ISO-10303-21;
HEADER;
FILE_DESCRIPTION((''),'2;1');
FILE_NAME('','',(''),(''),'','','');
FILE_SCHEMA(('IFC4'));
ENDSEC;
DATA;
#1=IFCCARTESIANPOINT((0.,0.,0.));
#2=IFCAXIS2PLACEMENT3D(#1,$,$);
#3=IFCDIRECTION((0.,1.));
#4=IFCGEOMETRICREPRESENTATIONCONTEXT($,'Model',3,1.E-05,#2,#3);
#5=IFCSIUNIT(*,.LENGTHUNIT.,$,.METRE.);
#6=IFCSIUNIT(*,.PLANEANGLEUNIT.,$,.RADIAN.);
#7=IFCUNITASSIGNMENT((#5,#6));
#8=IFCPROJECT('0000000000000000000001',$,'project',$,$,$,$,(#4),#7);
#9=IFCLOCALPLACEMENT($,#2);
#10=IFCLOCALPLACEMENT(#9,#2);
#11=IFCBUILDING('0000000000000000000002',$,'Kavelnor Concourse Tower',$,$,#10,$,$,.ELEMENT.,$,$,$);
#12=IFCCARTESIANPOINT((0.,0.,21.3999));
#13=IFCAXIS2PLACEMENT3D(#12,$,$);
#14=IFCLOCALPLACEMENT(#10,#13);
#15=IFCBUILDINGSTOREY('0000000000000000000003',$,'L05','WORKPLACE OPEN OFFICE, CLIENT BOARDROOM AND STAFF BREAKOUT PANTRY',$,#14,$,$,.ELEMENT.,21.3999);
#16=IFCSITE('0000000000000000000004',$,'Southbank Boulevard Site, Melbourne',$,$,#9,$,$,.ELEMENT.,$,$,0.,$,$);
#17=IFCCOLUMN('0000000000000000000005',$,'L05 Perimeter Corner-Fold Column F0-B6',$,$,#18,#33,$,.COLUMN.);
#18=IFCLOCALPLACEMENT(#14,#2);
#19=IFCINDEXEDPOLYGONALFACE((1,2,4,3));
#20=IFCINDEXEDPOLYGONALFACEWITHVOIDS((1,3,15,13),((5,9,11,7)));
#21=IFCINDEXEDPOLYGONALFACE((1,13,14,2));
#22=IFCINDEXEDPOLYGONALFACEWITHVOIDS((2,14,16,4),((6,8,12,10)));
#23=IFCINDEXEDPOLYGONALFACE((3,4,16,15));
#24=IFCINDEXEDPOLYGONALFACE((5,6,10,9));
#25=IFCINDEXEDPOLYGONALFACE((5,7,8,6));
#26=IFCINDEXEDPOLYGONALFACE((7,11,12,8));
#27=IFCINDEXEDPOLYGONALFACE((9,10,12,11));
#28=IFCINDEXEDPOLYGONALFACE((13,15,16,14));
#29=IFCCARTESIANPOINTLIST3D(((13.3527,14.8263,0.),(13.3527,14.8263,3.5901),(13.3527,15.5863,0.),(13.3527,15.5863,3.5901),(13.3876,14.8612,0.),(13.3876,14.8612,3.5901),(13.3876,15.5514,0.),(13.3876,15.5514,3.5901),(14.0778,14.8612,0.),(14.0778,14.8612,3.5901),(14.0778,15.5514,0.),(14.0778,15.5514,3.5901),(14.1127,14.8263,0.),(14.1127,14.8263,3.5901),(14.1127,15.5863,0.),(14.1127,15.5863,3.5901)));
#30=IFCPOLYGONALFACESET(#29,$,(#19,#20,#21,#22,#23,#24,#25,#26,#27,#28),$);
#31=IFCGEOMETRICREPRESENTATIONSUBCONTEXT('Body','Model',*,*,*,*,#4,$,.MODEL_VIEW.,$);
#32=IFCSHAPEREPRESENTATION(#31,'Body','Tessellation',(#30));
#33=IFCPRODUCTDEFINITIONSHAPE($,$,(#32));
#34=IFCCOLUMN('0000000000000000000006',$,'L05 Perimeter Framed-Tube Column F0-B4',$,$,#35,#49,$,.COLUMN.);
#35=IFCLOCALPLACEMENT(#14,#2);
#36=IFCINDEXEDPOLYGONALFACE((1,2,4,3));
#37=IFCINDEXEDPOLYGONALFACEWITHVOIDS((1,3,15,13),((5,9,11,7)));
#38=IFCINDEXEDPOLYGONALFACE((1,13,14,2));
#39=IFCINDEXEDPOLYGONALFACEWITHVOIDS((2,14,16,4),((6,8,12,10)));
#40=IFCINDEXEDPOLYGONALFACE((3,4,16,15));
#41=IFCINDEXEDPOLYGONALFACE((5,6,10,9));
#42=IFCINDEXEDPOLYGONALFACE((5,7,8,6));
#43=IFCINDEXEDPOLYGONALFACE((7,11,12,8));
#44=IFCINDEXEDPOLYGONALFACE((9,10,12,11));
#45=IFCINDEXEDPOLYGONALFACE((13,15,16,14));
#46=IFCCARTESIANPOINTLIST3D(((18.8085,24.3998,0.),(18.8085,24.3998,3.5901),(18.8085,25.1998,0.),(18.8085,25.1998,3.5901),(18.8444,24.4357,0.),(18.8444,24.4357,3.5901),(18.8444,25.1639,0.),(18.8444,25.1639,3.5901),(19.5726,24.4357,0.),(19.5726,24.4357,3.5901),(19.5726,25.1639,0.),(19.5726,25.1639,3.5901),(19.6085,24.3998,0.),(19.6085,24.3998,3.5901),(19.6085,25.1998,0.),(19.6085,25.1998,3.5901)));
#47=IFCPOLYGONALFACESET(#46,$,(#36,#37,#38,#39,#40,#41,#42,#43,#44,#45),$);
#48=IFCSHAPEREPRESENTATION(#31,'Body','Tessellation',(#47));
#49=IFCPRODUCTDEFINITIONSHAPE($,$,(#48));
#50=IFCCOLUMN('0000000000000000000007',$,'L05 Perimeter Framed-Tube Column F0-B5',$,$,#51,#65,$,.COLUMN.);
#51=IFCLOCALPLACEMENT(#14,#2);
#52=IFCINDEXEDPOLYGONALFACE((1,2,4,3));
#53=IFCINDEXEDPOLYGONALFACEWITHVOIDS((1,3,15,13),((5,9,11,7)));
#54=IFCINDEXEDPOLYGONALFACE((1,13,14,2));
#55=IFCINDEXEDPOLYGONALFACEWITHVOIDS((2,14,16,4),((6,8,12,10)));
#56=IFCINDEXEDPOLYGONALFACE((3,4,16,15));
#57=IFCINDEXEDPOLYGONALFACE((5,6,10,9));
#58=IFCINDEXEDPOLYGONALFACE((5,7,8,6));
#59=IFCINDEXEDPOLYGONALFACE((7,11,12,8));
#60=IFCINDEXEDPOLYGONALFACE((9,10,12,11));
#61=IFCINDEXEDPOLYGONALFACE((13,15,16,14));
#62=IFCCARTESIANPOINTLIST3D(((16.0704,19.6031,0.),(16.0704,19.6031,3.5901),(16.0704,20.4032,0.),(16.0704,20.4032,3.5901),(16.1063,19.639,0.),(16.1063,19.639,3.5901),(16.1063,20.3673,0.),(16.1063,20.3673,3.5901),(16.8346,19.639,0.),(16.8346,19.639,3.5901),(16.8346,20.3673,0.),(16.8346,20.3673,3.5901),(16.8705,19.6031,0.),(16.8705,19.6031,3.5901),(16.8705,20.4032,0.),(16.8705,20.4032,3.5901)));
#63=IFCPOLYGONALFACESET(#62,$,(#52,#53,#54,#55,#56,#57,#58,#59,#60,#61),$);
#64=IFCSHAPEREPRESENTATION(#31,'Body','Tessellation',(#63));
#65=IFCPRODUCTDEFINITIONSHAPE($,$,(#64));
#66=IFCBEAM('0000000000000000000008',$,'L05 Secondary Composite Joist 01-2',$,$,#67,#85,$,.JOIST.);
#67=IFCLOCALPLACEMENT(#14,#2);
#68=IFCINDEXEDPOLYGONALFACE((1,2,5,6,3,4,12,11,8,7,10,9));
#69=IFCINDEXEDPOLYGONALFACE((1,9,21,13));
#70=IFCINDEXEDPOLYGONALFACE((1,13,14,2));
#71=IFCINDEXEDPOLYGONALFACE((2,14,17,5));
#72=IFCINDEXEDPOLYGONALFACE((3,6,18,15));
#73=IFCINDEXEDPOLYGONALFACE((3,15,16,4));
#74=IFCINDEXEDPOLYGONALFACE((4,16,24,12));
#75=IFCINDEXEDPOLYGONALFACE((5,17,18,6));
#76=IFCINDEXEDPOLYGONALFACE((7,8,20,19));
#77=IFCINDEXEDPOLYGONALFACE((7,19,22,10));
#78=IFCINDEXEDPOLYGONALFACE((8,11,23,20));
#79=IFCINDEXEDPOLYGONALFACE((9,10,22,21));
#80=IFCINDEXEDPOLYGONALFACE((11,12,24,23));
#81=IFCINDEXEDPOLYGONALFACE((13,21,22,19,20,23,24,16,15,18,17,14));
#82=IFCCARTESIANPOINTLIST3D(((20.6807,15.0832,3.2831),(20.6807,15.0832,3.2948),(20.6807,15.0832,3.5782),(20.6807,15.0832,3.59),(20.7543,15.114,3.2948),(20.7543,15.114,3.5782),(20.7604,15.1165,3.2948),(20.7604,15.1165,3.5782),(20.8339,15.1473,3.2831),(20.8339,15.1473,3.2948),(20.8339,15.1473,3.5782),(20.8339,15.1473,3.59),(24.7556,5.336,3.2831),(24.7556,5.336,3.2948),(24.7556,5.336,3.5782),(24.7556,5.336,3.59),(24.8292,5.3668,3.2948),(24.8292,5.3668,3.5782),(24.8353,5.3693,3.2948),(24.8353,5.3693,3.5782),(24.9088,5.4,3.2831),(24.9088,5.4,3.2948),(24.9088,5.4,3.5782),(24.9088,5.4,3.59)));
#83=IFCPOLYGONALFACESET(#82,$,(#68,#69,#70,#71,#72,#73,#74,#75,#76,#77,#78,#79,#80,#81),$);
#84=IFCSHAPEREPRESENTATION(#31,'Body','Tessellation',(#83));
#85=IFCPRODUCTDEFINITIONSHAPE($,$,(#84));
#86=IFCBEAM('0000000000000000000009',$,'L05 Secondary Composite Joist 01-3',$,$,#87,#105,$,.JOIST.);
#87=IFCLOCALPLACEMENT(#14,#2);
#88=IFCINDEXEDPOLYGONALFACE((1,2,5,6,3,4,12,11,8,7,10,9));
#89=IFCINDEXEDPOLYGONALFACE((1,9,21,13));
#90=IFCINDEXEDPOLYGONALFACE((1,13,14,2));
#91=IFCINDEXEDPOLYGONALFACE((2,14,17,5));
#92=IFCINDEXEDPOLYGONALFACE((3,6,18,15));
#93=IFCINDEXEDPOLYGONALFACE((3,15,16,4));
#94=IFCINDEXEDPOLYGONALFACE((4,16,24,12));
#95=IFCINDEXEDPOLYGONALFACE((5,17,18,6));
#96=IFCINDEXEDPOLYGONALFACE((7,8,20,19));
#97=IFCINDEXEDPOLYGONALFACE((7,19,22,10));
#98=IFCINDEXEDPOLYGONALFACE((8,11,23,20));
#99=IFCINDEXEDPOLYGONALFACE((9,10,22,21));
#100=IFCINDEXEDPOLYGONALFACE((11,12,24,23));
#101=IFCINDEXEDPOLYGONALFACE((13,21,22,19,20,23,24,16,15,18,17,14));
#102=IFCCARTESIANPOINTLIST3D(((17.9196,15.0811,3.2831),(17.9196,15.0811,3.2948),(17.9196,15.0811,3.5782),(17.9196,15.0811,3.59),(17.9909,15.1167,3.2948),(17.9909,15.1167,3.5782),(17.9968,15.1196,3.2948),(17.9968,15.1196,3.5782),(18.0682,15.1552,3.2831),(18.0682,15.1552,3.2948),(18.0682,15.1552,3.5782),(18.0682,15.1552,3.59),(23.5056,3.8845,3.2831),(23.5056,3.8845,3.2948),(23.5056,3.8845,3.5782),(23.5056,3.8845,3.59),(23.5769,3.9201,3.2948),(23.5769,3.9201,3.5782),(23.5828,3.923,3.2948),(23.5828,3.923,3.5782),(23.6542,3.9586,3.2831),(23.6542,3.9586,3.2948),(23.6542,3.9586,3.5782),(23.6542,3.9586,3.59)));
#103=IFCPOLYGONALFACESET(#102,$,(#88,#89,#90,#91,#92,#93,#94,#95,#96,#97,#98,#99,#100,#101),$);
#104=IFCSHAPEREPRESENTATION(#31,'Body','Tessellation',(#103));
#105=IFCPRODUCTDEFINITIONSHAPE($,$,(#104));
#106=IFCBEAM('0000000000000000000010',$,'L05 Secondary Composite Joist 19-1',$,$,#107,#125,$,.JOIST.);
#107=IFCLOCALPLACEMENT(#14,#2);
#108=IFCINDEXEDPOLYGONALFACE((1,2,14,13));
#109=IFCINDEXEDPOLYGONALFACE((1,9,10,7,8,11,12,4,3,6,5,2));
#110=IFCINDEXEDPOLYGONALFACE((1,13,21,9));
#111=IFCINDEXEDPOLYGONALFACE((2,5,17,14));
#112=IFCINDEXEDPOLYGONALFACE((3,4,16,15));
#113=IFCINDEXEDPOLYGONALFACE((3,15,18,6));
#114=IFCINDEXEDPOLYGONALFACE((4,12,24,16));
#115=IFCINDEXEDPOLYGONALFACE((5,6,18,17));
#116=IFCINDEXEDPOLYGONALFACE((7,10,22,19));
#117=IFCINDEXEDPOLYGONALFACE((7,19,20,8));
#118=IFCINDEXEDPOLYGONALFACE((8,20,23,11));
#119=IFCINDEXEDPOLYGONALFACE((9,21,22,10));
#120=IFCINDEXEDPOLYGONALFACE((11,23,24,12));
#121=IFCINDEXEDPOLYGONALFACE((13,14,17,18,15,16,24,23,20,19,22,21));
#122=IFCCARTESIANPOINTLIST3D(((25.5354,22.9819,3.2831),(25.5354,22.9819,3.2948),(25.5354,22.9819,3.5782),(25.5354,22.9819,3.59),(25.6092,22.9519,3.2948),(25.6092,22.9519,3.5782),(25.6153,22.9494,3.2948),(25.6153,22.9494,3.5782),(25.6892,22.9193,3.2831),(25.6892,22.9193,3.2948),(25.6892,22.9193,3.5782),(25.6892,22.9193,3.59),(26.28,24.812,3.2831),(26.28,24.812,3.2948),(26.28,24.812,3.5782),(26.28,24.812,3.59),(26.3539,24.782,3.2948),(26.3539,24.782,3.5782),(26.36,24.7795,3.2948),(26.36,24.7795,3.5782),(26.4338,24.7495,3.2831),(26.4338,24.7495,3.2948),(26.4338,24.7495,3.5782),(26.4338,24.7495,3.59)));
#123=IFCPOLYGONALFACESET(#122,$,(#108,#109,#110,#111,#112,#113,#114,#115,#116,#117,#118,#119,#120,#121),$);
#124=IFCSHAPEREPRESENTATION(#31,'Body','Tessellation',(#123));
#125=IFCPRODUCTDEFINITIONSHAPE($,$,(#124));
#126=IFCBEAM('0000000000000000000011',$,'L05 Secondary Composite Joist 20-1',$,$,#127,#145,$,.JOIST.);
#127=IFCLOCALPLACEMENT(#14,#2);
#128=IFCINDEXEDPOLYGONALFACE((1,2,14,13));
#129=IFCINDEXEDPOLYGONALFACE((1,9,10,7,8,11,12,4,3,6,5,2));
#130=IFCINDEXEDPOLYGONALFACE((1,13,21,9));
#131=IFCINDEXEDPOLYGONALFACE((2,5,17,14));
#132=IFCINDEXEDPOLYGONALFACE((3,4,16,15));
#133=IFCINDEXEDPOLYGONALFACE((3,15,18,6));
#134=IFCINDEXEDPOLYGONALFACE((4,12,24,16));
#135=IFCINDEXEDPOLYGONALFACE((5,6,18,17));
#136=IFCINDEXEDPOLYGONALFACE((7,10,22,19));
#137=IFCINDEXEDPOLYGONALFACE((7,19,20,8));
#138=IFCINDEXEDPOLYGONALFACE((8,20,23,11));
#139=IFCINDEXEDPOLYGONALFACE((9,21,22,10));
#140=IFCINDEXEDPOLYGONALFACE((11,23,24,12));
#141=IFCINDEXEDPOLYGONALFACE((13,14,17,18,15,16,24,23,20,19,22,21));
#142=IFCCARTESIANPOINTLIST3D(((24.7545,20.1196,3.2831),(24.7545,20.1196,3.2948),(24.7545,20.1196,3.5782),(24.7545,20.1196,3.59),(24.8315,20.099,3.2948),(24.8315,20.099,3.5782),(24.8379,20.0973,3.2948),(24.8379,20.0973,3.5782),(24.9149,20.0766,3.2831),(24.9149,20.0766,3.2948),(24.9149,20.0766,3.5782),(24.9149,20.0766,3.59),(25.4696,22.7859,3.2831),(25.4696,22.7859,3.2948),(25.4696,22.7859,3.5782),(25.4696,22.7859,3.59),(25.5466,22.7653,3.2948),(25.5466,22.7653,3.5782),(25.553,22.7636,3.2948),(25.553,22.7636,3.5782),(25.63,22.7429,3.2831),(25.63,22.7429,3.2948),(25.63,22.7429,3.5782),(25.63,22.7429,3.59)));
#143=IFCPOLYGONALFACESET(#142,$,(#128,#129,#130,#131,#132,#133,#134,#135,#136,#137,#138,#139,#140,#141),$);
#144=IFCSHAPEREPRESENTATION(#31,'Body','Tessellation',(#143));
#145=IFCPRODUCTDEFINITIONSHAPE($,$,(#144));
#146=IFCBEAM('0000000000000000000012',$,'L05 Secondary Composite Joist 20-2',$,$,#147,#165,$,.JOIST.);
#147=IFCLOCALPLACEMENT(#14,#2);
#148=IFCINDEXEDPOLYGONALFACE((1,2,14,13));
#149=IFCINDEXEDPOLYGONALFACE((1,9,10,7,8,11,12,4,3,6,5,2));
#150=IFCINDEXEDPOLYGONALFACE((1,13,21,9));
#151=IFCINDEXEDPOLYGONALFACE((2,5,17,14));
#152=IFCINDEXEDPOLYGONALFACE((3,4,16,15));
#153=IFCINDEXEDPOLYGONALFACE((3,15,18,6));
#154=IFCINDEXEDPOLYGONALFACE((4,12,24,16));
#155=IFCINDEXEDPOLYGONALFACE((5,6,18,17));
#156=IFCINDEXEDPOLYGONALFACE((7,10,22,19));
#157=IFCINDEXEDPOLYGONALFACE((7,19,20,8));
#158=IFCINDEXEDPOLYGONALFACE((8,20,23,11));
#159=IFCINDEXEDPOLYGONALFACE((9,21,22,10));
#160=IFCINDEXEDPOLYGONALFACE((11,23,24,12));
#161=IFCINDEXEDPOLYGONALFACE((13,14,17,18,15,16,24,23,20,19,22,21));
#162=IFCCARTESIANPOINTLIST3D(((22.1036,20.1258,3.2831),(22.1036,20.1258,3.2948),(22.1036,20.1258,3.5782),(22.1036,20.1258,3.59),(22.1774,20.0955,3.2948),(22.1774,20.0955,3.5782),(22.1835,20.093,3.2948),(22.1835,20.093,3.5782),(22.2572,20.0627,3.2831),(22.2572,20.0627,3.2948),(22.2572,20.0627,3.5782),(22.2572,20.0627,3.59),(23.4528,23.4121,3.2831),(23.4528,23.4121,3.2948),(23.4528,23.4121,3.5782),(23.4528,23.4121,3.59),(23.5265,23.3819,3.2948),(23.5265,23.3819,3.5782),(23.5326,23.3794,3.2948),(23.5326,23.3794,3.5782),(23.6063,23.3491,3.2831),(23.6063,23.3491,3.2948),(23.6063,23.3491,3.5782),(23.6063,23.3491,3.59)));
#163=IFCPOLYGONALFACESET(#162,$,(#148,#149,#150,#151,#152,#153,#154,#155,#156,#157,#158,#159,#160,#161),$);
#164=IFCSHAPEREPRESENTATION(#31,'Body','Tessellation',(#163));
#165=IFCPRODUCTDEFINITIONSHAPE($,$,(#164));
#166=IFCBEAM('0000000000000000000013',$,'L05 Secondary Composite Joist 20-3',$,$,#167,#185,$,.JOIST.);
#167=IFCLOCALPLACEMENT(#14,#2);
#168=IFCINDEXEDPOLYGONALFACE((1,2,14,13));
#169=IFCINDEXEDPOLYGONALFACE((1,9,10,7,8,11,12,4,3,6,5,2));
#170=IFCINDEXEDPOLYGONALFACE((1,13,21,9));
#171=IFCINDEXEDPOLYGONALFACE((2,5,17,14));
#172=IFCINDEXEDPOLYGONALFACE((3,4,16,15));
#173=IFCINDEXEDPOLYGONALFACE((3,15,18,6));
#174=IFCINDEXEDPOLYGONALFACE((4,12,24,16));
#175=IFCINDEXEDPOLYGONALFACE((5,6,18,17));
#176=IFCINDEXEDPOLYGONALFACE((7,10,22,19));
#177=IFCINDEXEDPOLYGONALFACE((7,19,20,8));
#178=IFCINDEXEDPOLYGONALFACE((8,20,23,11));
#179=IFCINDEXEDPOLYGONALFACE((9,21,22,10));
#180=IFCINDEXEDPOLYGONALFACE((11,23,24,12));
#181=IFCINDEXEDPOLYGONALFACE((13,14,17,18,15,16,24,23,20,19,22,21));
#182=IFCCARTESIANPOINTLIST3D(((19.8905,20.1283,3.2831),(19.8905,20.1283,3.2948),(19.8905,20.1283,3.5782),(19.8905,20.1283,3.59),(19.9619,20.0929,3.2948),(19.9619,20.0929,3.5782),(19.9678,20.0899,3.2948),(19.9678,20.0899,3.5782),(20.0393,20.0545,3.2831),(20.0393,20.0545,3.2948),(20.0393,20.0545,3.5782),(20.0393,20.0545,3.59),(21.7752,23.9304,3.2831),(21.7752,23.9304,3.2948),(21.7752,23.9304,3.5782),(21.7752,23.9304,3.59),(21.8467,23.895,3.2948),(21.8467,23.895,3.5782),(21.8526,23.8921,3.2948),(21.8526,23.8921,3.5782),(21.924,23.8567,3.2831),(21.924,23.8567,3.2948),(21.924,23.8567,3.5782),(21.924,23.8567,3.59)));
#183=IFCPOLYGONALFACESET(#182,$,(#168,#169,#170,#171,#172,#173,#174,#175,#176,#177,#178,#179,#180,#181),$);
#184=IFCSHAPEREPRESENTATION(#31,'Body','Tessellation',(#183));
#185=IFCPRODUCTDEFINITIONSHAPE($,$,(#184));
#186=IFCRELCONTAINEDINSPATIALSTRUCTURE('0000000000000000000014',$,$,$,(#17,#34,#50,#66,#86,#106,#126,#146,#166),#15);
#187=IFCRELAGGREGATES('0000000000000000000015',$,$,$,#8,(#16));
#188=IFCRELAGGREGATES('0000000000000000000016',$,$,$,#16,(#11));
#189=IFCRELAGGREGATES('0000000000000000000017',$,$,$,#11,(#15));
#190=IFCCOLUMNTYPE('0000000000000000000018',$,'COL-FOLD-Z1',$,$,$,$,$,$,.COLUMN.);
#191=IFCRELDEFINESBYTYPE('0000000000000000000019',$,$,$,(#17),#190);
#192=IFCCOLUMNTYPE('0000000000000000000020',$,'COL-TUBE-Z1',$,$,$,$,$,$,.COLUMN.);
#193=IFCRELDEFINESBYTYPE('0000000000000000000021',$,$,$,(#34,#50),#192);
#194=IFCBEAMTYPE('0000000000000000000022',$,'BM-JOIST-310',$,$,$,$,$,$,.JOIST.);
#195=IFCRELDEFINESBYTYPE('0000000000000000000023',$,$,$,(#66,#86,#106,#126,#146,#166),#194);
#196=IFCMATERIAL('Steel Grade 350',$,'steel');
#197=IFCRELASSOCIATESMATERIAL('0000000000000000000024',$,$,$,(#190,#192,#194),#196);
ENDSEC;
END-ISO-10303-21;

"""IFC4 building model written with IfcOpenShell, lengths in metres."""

from ifc_helpers import new_model, si_unit, direction, frame, origin, origin_2d, place, context, subcontext, project, spatial, hollow_rectangle, i_section, extrude, material, material_profile, profile_set, type_object, element, save


model = new_model("IFC4")

# Units and contexts
model_context = context("Model", 3, precision=1e-05, world=origin(), true_north=direction((0.0, 1.0)))
body_context = subcontext(model_context, "Body", "Model", "MODEL_VIEW")
ifc_project = project(units=[si_unit("LENGTHUNIT", "METRE"), si_unit("PLANEANGLEUNIT", "RADIAN")], contexts=[model_context])

# Site, building, storey
site_placement = place(None, origin())
site = spatial("IfcSite", under=ifc_project, at=site_placement, Name="Southbank Boulevard Site, Melbourne", CompositionType="ELEMENT", RefElevation=0.0)
building_placement = place(site_placement, origin())
building = spatial("IfcBuilding", under=site, at=building_placement, Name="Kavelnor Concourse Tower", CompositionType="ELEMENT")
storey_placement = place(building_placement, frame((0.0, 0.0, 21.3999)))
storey = spatial("IfcBuildingStorey", under=building, at=storey_placement, Name="L05", Description="WORKPLACE OPEN OFFICE, CLIENT BOARDROOM AND STAFF BREAKOUT PANTRY", CompositionType="ELEMENT", Elevation=21.3999)

# Columns
ifc_material_1 = material(Name="Steel Grade 350", Category="steel")
ifc_material_profile_1 = material_profile(ifc_material_1, hollow_rectangle(XDim=0.76, YDim=0.76, WallThickness=0.0349, at=origin_2d()), Name="SHS 760x760x35")
ifc_profile_set_1 = profile_set([ifc_material_profile_1], Name="Steel Grade 350")
column_type_1 = type_object("IfcColumnType", Name="COL-FOLD-Z1", PredefinedType="COLUMN", material=ifc_profile_set_1)
column_placement = place(storey_placement, frame((13.7327, 15.2063, 0.0), z_axis=(0.0, 0.0, 1.0), x_axis=(1.0, 0.0, 0.0)))
element("IfcColumn", 1, at=column_placement, inside=storey, type_object=column_type_1, Name="L05 Perimeter Corner-Fold Column F0-B6", PredefinedType="COLUMN", context=body_context, shape_type="SweptSolid", body=[
    extrude(hollow_rectangle(XDim=0.76, YDim=0.76, WallThickness=0.0349, at=origin_2d()), origin(), (0.0, 0.0, 1.0), 3.5901),
])
ifc_material_profile_2 = material_profile(ifc_material_1, hollow_rectangle(XDim=0.8, YDim=0.8, WallThickness=0.0359, at=origin_2d()), Name="SHS 800x800x36")
ifc_profile_set_2 = profile_set([ifc_material_profile_2], Name="Steel Grade 350")
column_type_2 = type_object("IfcColumnType", Name="COL-TUBE-Z1", PredefinedType="COLUMN", material=ifc_profile_set_2)
for number, where, z_axis, x_axis, name in (
    (2, (19.2085, 24.7998, 0.0), (0.0, 0.0, 1.0), (1.0, 0.0, 0.0), "L05 Perimeter Framed-Tube Column F0-B4"),
    (3, (16.4705, 20.0032, 0.0), (0.0, 0.0, 1.0), (1.0, 0.0, 0.0), "L05 Perimeter Framed-Tube Column F0-B5"),
):
    element("IfcColumn", number, at=place(storey_placement, frame(where, z_axis=z_axis, x_axis=x_axis)), inside=storey, type_object=column_type_2, Name=name, PredefinedType="COLUMN", context=body_context, shape_type="SweptSolid", body=[
        extrude(hollow_rectangle(XDim=0.8, YDim=0.8, WallThickness=0.0359, at=origin_2d()), origin(), (0.0, 0.0, 1.0), 3.5901),
    ])

# Beams
ifc_material_profile_3 = material_profile(ifc_material_1, i_section(OverallWidth=0.166, OverallDepth=0.3069, WebThickness=0.0066, FlangeThickness=0.0117, at=origin_2d()), Name="310UB46")
ifc_profile_set_3 = profile_set([ifc_material_profile_3], Name="Steel Grade 350")
beam_type_1 = type_object("IfcBeamType", Name="BM-JOIST-310", PredefinedType="JOIST", material=ifc_profile_set_3)
beam_1_placement = place(storey_placement, frame((20.7573, 15.1152, 3.4365), z_axis=(0.38571, -0.92262, 0.0), x_axis=(0.92262, 0.38571, 0.0)))
element("IfcBeam", 4, at=beam_1_placement, inside=storey, type_object=beam_type_1, Name="L05 Secondary Composite Joist 01-2", PredefinedType="JOIST", context=body_context, shape_type="SweptSolid", body=[
    extrude(i_section(OverallWidth=0.166, OverallDepth=0.3069, WebThickness=0.0066, FlangeThickness=0.0117, at=origin_2d()), origin(), (0.0, 0.0, 1.0), 10.5647),
])
beam_2_placement = place(storey_placement, frame((17.9939, 15.1182, 3.4365), z_axis=(0.446425, -0.894821, 0.0), x_axis=(0.894821, 0.446425, 0.0)))
element("IfcBeam", 5, at=beam_2_placement, inside=storey, type_object=beam_type_1, Name="L05 Secondary Composite Joist 01-3", PredefinedType="JOIST", context=body_context, shape_type="SweptSolid", body=[
    extrude(i_section(OverallWidth=0.166, OverallDepth=0.3069, WebThickness=0.0066, FlangeThickness=0.0117, at=origin_2d()), origin(), (0.0, 0.0, 1.0), 12.5127),
])
beam_3_placement = place(storey_placement, frame((26.3569, 24.7808, 3.4365), z_axis=(-0.376881, -0.926262, 0.0), x_axis=(0.926262, -0.376881, 0.0)))
element("IfcBeam", 6, at=beam_3_placement, inside=storey, type_object=beam_type_1, Name="L05 Secondary Composite Joist 19-1", PredefinedType="JOIST", context=body_context, shape_type="SweptSolid", body=[
    extrude(i_section(OverallWidth=0.166, OverallDepth=0.3069, WebThickness=0.0066, FlangeThickness=0.0117, at=origin_2d()), origin(), (0.0, 0.0, 1.0), 1.9758),
])
beam_4_placement = place(storey_placement, frame((25.5498, 22.7644, 3.4365), z_axis=(-0.259044, -0.965866, 0.0), x_axis=(0.965866, -0.259044, 0.0)))
element("IfcBeam", 7, at=beam_4_placement, inside=storey, type_object=beam_type_1, Name="L05 Secondary Composite Joist 20-1", PredefinedType="JOIST", context=body_context, shape_type="SweptSolid", body=[
    extrude(i_section(OverallWidth=0.166, OverallDepth=0.3069, WebThickness=0.0066, FlangeThickness=0.0117, at=origin_2d()), origin(), (0.0, 0.0, 1.0), 2.7605),
])
beam_5_placement = place(storey_placement, frame((23.5295, 23.3806, 3.4365), z_axis=(-0.379764, -0.925083, 0.0), x_axis=(0.925083, -0.379764, 0.0)))
element("IfcBeam", 8, at=beam_5_placement, inside=storey, type_object=beam_type_1, Name="L05 Secondary Composite Joist 20-2", PredefinedType="JOIST", context=body_context, shape_type="SweptSolid", body=[
    extrude(i_section(OverallWidth=0.166, OverallDepth=0.3069, WebThickness=0.0066, FlangeThickness=0.0117, at=origin_2d()), origin(), (0.0, 0.0, 1.0), 3.5525),
])
beam_6_placement = place(storey_placement, frame((21.8496, 23.8936, 3.4365), z_axis=(-0.444127, -0.895964, 0.0), x_axis=(0.895964, -0.444127, 0.0)))
element("IfcBeam", 9, at=beam_6_placement, inside=storey, type_object=beam_type_1, Name="L05 Secondary Composite Joist 20-3", PredefinedType="JOIST", context=body_context, shape_type="SweptSolid", body=[
    extrude(i_section(OverallWidth=0.166, OverallDepth=0.3069, WebThickness=0.0066, FlangeThickness=0.0117, at=origin_2d()), origin(), (0.0, 0.0, 1.0), 4.2437),
])

save(model, "model.ifc")
